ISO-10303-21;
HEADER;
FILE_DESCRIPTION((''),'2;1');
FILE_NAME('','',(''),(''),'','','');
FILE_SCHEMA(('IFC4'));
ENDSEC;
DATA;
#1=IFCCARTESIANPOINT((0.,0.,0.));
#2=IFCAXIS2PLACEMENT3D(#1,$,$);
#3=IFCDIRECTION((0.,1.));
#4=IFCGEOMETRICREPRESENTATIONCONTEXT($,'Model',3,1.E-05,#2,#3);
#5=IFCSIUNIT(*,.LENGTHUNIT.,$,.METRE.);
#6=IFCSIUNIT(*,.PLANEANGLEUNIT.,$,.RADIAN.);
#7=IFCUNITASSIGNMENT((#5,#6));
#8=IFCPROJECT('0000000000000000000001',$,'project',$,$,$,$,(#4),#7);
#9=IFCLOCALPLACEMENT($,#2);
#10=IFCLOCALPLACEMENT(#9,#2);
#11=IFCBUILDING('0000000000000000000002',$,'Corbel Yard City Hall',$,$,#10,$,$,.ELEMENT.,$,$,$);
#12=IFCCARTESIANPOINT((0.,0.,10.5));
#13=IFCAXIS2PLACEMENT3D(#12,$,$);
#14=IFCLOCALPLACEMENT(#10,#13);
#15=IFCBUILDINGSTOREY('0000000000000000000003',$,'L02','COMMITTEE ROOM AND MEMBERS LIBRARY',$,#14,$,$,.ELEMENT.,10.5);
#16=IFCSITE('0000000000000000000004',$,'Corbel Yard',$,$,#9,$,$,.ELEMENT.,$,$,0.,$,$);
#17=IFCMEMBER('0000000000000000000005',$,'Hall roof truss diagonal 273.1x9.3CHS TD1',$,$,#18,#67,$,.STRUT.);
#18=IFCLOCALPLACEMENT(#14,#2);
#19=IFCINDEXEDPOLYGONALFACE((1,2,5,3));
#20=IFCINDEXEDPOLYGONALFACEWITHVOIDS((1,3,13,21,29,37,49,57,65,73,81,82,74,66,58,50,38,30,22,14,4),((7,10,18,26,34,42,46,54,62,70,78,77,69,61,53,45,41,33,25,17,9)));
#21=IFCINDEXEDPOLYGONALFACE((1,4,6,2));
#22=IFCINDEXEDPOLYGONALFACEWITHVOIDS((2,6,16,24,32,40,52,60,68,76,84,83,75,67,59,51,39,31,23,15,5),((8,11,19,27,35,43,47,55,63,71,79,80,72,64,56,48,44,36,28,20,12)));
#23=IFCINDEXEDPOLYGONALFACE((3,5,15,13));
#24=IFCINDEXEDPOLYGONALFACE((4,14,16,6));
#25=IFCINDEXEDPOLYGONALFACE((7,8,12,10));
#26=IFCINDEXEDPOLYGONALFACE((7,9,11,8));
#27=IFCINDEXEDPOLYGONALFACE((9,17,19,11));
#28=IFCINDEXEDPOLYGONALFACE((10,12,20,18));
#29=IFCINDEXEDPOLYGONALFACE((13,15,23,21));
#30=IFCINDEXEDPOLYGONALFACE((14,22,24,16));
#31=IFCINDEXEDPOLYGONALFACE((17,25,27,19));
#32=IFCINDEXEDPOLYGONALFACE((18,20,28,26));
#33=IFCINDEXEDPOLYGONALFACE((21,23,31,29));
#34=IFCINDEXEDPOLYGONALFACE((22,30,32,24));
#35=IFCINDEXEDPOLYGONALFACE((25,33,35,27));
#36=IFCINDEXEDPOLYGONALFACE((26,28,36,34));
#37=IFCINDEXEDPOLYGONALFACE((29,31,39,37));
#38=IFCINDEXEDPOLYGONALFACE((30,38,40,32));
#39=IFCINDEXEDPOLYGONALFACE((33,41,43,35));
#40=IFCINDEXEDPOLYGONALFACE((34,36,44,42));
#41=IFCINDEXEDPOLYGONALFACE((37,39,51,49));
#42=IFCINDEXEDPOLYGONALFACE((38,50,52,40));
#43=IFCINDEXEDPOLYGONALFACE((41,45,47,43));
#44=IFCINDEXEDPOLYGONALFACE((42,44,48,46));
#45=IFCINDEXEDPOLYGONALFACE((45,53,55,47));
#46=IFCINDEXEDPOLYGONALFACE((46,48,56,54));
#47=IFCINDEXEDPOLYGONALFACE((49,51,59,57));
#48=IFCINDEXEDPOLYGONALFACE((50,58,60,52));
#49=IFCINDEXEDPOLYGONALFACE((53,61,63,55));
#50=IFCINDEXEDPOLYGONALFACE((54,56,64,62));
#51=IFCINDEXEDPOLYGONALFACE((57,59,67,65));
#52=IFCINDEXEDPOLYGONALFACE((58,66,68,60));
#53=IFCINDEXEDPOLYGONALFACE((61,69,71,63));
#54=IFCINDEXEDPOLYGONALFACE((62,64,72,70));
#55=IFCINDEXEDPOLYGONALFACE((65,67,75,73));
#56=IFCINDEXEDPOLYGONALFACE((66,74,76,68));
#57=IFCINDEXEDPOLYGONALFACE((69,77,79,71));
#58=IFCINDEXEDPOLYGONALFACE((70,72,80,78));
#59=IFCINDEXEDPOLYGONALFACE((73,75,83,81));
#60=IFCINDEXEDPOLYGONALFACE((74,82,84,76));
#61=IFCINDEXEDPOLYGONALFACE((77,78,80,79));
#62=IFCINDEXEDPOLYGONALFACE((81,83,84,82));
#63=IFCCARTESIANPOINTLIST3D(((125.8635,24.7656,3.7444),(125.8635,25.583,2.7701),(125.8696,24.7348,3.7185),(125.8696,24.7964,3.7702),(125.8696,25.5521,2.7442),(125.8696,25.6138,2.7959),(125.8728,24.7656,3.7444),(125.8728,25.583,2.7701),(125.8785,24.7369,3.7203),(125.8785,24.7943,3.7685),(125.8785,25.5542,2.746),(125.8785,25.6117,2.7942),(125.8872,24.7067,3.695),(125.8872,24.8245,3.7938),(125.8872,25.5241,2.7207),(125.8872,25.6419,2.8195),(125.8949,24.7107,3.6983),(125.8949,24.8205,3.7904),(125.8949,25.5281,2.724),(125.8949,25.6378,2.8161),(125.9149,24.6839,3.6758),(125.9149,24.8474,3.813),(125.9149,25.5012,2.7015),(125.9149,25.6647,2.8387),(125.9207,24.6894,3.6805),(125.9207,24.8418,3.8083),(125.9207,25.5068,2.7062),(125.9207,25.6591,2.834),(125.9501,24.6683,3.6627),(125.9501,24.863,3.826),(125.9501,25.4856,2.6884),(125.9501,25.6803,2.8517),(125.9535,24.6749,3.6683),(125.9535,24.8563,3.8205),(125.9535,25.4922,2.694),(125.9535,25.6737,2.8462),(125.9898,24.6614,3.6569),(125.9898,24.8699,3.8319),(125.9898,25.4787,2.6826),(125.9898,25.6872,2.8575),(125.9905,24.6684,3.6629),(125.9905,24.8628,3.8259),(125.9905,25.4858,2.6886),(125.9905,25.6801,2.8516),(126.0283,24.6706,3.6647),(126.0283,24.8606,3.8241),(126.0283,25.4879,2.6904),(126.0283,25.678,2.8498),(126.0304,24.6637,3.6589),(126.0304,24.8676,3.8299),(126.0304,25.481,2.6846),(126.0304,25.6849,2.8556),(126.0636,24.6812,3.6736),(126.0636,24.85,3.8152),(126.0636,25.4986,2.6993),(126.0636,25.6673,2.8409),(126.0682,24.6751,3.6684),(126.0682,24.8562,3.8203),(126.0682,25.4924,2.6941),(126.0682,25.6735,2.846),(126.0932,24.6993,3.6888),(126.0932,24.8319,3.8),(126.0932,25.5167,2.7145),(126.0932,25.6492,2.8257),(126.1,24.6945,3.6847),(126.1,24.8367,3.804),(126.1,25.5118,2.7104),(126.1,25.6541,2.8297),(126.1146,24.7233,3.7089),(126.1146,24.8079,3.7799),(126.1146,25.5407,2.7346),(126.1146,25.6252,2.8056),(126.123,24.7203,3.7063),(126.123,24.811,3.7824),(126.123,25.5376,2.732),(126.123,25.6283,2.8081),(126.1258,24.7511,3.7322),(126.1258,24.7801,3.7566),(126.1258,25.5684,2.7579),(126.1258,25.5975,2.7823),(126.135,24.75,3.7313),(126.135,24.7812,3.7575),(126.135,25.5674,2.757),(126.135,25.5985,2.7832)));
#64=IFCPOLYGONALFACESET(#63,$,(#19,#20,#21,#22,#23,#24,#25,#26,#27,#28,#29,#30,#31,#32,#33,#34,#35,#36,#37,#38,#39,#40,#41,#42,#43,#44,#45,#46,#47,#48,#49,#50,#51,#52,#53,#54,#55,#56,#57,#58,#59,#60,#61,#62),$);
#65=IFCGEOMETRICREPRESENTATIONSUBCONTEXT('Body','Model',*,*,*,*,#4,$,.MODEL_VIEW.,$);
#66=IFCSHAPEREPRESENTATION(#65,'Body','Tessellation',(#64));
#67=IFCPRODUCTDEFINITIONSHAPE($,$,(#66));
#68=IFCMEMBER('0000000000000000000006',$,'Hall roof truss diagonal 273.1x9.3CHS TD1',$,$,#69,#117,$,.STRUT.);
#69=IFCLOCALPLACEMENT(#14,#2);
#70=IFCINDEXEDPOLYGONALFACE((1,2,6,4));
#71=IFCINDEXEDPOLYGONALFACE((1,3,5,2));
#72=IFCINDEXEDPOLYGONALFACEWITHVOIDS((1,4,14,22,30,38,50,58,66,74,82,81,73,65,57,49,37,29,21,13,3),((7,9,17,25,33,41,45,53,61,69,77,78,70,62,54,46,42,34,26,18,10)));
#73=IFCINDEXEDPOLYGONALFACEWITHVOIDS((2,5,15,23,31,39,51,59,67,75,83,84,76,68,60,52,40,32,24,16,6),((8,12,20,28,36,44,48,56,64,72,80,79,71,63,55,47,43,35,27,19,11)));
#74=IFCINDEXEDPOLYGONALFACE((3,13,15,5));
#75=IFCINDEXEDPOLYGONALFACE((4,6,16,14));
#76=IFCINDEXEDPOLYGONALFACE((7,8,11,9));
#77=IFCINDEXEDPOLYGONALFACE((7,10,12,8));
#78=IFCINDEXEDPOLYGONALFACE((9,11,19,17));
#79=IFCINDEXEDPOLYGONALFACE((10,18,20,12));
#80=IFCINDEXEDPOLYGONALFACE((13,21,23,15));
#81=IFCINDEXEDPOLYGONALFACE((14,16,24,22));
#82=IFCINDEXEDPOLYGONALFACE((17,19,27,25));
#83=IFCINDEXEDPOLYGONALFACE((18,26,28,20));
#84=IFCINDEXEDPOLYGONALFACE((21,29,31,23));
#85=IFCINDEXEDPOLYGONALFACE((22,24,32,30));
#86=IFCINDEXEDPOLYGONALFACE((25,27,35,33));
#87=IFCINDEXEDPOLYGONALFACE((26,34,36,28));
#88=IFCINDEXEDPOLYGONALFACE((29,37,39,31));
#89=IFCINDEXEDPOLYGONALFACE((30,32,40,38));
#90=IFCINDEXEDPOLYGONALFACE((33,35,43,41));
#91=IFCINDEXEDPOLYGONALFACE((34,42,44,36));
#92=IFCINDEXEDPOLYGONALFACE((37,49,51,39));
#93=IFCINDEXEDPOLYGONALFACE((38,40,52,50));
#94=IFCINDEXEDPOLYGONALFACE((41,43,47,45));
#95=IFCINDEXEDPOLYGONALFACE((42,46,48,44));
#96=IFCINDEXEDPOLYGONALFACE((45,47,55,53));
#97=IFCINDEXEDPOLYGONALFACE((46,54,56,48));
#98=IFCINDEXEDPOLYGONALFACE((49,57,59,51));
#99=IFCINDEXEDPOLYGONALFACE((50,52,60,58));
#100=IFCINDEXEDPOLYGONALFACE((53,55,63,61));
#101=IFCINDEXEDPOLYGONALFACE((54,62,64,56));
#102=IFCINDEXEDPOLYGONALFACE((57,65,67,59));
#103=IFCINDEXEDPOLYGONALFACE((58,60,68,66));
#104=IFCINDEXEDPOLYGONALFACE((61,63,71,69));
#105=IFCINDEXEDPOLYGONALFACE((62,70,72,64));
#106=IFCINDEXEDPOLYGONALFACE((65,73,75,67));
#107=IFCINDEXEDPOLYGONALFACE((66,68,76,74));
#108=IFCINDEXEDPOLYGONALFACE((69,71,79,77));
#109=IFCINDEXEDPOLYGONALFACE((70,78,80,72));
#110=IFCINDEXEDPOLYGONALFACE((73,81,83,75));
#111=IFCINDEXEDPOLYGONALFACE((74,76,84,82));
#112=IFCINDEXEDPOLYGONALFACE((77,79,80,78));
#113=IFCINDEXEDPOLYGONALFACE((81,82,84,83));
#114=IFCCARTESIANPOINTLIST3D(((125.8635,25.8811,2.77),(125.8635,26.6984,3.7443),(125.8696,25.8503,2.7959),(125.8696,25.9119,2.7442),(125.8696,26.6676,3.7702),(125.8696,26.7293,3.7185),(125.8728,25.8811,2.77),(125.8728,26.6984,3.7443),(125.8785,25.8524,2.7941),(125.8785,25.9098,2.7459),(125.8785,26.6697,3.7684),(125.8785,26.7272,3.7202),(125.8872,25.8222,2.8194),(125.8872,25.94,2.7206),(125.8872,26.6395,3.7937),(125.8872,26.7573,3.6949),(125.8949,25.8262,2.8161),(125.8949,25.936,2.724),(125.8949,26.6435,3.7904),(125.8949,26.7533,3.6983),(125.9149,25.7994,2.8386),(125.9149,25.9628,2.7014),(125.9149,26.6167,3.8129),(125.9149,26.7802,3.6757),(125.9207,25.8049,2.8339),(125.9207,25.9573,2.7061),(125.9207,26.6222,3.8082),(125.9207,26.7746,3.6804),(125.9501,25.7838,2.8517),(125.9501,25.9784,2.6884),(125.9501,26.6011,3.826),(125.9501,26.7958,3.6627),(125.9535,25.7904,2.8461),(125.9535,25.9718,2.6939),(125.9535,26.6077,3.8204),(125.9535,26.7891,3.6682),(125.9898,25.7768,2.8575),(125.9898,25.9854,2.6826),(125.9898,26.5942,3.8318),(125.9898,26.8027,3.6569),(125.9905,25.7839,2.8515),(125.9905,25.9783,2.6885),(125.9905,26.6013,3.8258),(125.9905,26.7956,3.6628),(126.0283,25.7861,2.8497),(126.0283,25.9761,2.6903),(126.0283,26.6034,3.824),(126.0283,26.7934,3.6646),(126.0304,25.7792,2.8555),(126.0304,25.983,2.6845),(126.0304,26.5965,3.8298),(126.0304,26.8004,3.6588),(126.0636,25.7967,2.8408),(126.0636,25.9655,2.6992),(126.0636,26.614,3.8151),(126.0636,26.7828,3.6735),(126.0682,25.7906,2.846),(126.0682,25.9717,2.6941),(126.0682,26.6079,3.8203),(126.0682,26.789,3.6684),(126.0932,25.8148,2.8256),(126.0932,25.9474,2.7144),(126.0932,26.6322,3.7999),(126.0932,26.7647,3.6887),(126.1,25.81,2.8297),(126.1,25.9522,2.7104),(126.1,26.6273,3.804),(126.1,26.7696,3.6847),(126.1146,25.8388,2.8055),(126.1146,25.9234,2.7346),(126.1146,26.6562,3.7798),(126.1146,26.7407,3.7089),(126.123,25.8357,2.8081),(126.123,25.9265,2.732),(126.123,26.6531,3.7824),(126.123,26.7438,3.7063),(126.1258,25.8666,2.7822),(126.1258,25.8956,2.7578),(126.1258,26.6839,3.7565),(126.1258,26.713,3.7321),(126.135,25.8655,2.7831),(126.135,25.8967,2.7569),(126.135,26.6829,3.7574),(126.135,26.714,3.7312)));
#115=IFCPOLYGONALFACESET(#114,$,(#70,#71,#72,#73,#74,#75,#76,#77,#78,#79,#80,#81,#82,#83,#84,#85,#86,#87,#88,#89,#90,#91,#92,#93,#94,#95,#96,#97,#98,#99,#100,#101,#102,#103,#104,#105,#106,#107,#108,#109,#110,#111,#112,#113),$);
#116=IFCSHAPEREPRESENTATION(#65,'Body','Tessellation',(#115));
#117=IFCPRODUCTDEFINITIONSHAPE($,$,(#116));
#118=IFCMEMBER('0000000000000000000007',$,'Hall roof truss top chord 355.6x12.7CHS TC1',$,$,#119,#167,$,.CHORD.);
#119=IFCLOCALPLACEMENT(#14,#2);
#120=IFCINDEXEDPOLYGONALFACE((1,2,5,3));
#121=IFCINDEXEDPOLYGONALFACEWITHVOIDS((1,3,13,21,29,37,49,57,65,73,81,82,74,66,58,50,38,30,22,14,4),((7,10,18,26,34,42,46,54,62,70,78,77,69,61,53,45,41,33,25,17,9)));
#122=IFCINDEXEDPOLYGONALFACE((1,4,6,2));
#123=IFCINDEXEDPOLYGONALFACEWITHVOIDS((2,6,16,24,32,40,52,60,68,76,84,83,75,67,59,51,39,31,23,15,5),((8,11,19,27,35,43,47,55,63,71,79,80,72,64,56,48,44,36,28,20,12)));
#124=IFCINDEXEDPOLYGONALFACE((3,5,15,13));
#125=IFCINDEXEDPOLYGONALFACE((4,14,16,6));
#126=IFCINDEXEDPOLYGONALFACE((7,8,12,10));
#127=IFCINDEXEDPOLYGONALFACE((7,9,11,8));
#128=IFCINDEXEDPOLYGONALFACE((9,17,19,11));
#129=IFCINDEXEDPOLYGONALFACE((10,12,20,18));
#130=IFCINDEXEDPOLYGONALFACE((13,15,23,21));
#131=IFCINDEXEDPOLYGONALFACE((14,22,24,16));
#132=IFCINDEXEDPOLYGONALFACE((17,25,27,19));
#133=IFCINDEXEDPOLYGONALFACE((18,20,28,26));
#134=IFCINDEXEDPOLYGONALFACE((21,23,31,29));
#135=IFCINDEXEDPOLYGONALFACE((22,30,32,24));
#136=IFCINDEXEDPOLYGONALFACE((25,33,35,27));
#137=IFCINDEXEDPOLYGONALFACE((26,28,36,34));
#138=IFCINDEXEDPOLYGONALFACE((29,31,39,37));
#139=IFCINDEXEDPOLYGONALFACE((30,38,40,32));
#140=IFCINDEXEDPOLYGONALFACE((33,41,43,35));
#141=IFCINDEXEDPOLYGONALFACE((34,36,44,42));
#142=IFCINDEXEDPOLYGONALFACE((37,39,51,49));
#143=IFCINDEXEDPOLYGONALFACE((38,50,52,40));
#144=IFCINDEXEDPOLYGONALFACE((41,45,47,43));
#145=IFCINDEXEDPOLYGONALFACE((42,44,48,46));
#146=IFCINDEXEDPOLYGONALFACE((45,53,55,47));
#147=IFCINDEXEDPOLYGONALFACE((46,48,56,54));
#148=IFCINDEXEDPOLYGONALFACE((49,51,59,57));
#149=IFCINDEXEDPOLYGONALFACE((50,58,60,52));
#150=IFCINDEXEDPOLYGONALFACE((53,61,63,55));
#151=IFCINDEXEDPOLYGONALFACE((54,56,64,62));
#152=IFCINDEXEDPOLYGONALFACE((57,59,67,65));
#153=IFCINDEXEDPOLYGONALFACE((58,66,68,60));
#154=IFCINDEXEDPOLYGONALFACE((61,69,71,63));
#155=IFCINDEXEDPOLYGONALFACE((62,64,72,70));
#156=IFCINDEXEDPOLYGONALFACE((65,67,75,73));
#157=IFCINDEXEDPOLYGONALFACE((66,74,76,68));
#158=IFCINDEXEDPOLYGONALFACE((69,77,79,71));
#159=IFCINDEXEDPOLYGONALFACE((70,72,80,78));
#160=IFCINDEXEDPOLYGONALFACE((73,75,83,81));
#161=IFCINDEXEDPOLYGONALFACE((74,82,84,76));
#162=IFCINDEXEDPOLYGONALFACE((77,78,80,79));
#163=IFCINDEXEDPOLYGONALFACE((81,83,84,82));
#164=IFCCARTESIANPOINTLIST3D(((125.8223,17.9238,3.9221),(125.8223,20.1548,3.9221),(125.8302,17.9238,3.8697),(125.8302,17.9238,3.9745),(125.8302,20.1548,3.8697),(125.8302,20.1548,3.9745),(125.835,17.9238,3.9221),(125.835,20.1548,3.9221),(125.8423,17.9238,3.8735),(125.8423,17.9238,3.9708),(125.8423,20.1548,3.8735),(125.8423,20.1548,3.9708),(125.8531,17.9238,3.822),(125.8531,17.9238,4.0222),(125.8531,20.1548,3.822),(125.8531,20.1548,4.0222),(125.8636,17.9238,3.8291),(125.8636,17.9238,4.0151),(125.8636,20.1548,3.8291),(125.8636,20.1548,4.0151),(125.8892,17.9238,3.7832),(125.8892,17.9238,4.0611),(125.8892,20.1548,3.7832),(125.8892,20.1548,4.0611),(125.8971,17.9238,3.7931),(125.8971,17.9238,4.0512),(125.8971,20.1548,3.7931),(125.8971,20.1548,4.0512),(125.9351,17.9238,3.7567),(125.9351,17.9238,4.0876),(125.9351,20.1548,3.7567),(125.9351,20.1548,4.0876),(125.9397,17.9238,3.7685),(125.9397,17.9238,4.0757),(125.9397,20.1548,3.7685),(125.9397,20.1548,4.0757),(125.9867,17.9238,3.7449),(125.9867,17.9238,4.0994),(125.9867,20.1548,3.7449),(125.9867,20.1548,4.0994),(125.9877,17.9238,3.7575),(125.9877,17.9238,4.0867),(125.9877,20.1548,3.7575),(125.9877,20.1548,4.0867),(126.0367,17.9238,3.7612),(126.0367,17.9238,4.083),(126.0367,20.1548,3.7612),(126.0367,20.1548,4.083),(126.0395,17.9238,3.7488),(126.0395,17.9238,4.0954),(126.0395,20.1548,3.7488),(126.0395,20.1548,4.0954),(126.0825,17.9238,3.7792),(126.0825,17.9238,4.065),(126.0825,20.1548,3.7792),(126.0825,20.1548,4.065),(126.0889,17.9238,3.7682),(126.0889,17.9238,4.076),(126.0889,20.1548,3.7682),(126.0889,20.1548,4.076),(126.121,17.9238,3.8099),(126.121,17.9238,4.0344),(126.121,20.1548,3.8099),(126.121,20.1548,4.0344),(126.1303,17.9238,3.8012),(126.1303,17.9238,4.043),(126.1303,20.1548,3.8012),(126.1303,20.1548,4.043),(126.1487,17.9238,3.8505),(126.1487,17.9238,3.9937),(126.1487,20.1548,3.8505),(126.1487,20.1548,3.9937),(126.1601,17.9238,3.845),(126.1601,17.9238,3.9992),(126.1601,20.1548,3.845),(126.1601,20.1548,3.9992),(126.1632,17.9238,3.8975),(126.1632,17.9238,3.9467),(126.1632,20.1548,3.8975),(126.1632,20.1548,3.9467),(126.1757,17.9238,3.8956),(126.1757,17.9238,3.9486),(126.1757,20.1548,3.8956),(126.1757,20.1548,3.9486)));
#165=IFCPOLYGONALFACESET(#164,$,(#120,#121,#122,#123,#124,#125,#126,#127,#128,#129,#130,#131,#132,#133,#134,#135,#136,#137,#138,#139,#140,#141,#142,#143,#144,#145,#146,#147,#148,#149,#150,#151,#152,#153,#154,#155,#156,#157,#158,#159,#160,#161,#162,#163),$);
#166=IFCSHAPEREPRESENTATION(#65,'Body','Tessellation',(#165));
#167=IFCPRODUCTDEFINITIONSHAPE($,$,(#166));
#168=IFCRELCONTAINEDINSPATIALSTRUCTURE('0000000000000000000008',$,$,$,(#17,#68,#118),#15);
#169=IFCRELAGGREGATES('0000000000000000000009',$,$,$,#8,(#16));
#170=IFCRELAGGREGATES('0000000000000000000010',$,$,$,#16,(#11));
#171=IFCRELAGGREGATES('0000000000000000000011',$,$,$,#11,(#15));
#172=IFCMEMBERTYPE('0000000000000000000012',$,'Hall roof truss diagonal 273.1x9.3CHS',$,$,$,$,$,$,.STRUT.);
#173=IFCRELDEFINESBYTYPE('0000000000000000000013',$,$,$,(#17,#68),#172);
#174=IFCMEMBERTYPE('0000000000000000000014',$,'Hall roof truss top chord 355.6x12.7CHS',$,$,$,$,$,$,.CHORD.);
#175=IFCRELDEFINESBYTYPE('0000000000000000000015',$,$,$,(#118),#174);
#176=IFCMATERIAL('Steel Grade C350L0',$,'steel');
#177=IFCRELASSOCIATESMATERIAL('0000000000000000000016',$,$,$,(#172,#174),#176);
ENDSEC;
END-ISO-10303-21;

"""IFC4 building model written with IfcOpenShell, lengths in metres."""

from ifc_helpers import new_model, si_unit, direction, frame, origin, origin_2d, place, context, subcontext, project, spatial, hollow_circle, extrude, material, material_profile, profile_set, type_object, element, save


model = new_model("IFC4")

# Units and contexts
model_context = context("Model", 3, precision=1e-05, world=origin(), true_north=direction((0.0, 1.0)))
body_context = subcontext(model_context, "Body", "Model", "MODEL_VIEW")
ifc_project = project(units=[si_unit("LENGTHUNIT", "METRE"), si_unit("PLANEANGLEUNIT", "RADIAN")], contexts=[model_context])

# Site, building, storey
site_placement = place(None, origin())
site = spatial("IfcSite", under=ifc_project, at=site_placement, Name="Corbel Yard", CompositionType="ELEMENT", RefElevation=0.0)
building_placement = place(site_placement, origin())
building = spatial("IfcBuilding", under=site, at=building_placement, Name="Corbel Yard City Hall", CompositionType="ELEMENT")
storey_placement = place(building_placement, frame((0.0, 0.0, 10.5)))
storey = spatial("IfcBuildingStorey", under=building, at=storey_placement, Name="L02", Description="COMMITTEE ROOM AND MEMBERS LIBRARY", CompositionType="ELEMENT", Elevation=10.5)

# Members
ifc_material_1 = material(Name="Steel Grade C350L0", Category="steel")
ifc_material_profile_1 = material_profile(ifc_material_1, hollow_circle(Radius=0.1365, WallThickness=0.0093, at=origin_2d()), Name="273.1x9.3CHS")
ifc_profile_set_1 = profile_set([ifc_material_profile_1], Name="Steel Grade C350L0")
member_type_1 = type_object("IfcMemberType", Name="Hall roof truss diagonal 273.1x9.3CHS", PredefinedType="STRUT", material=ifc_profile_set_1)
for number, where, z_axis, x_axis, name in (
    (1, (126.0, 24.7656, 3.7444), (0.0, 0.642692, -0.766124), (-1.0, 0.0, 0.0), "Hall roof truss diagonal 273.1x9.3CHS TD1"),
    (2, (126.0, 25.8811, 2.77), (0.0, 0.642692, 0.766124), (-1.0, 0.0, 0.0), "Hall roof truss diagonal 273.1x9.3CHS TD1"),
):
    element("IfcMember", number, at=place(storey_placement, frame(where, z_axis=z_axis, x_axis=x_axis)), inside=storey, type_object=member_type_1, Name=name, PredefinedType="STRUT", context=body_context, shape_type="SweptSolid", body=[
        extrude(hollow_circle(Radius=0.1365, WallThickness=0.0093, at=origin_2d()), origin(), (0.0, 0.0, 1.0), 1.2717),
    ])
ifc_material_profile_2 = material_profile(ifc_material_1, hollow_circle(Radius=0.1777, WallThickness=0.0127, at=origin_2d()), Name="355.6x12.7CHS")
ifc_profile_set_2 = profile_set([ifc_material_profile_2], Name="Steel Grade C350L0")
member_type_2 = type_object("IfcMemberType", Name="Hall roof truss top chord 355.6x12.7CHS", PredefinedType="CHORD", material=ifc_profile_set_2)
for number, where, z_axis, x_axis, name in (
    (3, (126.0, 17.9238, 3.9221), (0.0, 1.0, 0.0), (-1.0, 0.0, 0.0), "Hall roof truss top chord 355.6x12.7CHS TC1"),
):
    element("IfcMember", number, at=place(storey_placement, frame(where, z_axis=z_axis, x_axis=x_axis)), inside=storey, type_object=member_type_2, Name=name, PredefinedType="CHORD", context=body_context, shape_type="SweptSolid", body=[
        extrude(hollow_circle(Radius=0.1777, WallThickness=0.0127, at=origin_2d()), origin(), (0.0, 0.0, 1.0), 2.231),
    ])

save(model, "model.ifc")
